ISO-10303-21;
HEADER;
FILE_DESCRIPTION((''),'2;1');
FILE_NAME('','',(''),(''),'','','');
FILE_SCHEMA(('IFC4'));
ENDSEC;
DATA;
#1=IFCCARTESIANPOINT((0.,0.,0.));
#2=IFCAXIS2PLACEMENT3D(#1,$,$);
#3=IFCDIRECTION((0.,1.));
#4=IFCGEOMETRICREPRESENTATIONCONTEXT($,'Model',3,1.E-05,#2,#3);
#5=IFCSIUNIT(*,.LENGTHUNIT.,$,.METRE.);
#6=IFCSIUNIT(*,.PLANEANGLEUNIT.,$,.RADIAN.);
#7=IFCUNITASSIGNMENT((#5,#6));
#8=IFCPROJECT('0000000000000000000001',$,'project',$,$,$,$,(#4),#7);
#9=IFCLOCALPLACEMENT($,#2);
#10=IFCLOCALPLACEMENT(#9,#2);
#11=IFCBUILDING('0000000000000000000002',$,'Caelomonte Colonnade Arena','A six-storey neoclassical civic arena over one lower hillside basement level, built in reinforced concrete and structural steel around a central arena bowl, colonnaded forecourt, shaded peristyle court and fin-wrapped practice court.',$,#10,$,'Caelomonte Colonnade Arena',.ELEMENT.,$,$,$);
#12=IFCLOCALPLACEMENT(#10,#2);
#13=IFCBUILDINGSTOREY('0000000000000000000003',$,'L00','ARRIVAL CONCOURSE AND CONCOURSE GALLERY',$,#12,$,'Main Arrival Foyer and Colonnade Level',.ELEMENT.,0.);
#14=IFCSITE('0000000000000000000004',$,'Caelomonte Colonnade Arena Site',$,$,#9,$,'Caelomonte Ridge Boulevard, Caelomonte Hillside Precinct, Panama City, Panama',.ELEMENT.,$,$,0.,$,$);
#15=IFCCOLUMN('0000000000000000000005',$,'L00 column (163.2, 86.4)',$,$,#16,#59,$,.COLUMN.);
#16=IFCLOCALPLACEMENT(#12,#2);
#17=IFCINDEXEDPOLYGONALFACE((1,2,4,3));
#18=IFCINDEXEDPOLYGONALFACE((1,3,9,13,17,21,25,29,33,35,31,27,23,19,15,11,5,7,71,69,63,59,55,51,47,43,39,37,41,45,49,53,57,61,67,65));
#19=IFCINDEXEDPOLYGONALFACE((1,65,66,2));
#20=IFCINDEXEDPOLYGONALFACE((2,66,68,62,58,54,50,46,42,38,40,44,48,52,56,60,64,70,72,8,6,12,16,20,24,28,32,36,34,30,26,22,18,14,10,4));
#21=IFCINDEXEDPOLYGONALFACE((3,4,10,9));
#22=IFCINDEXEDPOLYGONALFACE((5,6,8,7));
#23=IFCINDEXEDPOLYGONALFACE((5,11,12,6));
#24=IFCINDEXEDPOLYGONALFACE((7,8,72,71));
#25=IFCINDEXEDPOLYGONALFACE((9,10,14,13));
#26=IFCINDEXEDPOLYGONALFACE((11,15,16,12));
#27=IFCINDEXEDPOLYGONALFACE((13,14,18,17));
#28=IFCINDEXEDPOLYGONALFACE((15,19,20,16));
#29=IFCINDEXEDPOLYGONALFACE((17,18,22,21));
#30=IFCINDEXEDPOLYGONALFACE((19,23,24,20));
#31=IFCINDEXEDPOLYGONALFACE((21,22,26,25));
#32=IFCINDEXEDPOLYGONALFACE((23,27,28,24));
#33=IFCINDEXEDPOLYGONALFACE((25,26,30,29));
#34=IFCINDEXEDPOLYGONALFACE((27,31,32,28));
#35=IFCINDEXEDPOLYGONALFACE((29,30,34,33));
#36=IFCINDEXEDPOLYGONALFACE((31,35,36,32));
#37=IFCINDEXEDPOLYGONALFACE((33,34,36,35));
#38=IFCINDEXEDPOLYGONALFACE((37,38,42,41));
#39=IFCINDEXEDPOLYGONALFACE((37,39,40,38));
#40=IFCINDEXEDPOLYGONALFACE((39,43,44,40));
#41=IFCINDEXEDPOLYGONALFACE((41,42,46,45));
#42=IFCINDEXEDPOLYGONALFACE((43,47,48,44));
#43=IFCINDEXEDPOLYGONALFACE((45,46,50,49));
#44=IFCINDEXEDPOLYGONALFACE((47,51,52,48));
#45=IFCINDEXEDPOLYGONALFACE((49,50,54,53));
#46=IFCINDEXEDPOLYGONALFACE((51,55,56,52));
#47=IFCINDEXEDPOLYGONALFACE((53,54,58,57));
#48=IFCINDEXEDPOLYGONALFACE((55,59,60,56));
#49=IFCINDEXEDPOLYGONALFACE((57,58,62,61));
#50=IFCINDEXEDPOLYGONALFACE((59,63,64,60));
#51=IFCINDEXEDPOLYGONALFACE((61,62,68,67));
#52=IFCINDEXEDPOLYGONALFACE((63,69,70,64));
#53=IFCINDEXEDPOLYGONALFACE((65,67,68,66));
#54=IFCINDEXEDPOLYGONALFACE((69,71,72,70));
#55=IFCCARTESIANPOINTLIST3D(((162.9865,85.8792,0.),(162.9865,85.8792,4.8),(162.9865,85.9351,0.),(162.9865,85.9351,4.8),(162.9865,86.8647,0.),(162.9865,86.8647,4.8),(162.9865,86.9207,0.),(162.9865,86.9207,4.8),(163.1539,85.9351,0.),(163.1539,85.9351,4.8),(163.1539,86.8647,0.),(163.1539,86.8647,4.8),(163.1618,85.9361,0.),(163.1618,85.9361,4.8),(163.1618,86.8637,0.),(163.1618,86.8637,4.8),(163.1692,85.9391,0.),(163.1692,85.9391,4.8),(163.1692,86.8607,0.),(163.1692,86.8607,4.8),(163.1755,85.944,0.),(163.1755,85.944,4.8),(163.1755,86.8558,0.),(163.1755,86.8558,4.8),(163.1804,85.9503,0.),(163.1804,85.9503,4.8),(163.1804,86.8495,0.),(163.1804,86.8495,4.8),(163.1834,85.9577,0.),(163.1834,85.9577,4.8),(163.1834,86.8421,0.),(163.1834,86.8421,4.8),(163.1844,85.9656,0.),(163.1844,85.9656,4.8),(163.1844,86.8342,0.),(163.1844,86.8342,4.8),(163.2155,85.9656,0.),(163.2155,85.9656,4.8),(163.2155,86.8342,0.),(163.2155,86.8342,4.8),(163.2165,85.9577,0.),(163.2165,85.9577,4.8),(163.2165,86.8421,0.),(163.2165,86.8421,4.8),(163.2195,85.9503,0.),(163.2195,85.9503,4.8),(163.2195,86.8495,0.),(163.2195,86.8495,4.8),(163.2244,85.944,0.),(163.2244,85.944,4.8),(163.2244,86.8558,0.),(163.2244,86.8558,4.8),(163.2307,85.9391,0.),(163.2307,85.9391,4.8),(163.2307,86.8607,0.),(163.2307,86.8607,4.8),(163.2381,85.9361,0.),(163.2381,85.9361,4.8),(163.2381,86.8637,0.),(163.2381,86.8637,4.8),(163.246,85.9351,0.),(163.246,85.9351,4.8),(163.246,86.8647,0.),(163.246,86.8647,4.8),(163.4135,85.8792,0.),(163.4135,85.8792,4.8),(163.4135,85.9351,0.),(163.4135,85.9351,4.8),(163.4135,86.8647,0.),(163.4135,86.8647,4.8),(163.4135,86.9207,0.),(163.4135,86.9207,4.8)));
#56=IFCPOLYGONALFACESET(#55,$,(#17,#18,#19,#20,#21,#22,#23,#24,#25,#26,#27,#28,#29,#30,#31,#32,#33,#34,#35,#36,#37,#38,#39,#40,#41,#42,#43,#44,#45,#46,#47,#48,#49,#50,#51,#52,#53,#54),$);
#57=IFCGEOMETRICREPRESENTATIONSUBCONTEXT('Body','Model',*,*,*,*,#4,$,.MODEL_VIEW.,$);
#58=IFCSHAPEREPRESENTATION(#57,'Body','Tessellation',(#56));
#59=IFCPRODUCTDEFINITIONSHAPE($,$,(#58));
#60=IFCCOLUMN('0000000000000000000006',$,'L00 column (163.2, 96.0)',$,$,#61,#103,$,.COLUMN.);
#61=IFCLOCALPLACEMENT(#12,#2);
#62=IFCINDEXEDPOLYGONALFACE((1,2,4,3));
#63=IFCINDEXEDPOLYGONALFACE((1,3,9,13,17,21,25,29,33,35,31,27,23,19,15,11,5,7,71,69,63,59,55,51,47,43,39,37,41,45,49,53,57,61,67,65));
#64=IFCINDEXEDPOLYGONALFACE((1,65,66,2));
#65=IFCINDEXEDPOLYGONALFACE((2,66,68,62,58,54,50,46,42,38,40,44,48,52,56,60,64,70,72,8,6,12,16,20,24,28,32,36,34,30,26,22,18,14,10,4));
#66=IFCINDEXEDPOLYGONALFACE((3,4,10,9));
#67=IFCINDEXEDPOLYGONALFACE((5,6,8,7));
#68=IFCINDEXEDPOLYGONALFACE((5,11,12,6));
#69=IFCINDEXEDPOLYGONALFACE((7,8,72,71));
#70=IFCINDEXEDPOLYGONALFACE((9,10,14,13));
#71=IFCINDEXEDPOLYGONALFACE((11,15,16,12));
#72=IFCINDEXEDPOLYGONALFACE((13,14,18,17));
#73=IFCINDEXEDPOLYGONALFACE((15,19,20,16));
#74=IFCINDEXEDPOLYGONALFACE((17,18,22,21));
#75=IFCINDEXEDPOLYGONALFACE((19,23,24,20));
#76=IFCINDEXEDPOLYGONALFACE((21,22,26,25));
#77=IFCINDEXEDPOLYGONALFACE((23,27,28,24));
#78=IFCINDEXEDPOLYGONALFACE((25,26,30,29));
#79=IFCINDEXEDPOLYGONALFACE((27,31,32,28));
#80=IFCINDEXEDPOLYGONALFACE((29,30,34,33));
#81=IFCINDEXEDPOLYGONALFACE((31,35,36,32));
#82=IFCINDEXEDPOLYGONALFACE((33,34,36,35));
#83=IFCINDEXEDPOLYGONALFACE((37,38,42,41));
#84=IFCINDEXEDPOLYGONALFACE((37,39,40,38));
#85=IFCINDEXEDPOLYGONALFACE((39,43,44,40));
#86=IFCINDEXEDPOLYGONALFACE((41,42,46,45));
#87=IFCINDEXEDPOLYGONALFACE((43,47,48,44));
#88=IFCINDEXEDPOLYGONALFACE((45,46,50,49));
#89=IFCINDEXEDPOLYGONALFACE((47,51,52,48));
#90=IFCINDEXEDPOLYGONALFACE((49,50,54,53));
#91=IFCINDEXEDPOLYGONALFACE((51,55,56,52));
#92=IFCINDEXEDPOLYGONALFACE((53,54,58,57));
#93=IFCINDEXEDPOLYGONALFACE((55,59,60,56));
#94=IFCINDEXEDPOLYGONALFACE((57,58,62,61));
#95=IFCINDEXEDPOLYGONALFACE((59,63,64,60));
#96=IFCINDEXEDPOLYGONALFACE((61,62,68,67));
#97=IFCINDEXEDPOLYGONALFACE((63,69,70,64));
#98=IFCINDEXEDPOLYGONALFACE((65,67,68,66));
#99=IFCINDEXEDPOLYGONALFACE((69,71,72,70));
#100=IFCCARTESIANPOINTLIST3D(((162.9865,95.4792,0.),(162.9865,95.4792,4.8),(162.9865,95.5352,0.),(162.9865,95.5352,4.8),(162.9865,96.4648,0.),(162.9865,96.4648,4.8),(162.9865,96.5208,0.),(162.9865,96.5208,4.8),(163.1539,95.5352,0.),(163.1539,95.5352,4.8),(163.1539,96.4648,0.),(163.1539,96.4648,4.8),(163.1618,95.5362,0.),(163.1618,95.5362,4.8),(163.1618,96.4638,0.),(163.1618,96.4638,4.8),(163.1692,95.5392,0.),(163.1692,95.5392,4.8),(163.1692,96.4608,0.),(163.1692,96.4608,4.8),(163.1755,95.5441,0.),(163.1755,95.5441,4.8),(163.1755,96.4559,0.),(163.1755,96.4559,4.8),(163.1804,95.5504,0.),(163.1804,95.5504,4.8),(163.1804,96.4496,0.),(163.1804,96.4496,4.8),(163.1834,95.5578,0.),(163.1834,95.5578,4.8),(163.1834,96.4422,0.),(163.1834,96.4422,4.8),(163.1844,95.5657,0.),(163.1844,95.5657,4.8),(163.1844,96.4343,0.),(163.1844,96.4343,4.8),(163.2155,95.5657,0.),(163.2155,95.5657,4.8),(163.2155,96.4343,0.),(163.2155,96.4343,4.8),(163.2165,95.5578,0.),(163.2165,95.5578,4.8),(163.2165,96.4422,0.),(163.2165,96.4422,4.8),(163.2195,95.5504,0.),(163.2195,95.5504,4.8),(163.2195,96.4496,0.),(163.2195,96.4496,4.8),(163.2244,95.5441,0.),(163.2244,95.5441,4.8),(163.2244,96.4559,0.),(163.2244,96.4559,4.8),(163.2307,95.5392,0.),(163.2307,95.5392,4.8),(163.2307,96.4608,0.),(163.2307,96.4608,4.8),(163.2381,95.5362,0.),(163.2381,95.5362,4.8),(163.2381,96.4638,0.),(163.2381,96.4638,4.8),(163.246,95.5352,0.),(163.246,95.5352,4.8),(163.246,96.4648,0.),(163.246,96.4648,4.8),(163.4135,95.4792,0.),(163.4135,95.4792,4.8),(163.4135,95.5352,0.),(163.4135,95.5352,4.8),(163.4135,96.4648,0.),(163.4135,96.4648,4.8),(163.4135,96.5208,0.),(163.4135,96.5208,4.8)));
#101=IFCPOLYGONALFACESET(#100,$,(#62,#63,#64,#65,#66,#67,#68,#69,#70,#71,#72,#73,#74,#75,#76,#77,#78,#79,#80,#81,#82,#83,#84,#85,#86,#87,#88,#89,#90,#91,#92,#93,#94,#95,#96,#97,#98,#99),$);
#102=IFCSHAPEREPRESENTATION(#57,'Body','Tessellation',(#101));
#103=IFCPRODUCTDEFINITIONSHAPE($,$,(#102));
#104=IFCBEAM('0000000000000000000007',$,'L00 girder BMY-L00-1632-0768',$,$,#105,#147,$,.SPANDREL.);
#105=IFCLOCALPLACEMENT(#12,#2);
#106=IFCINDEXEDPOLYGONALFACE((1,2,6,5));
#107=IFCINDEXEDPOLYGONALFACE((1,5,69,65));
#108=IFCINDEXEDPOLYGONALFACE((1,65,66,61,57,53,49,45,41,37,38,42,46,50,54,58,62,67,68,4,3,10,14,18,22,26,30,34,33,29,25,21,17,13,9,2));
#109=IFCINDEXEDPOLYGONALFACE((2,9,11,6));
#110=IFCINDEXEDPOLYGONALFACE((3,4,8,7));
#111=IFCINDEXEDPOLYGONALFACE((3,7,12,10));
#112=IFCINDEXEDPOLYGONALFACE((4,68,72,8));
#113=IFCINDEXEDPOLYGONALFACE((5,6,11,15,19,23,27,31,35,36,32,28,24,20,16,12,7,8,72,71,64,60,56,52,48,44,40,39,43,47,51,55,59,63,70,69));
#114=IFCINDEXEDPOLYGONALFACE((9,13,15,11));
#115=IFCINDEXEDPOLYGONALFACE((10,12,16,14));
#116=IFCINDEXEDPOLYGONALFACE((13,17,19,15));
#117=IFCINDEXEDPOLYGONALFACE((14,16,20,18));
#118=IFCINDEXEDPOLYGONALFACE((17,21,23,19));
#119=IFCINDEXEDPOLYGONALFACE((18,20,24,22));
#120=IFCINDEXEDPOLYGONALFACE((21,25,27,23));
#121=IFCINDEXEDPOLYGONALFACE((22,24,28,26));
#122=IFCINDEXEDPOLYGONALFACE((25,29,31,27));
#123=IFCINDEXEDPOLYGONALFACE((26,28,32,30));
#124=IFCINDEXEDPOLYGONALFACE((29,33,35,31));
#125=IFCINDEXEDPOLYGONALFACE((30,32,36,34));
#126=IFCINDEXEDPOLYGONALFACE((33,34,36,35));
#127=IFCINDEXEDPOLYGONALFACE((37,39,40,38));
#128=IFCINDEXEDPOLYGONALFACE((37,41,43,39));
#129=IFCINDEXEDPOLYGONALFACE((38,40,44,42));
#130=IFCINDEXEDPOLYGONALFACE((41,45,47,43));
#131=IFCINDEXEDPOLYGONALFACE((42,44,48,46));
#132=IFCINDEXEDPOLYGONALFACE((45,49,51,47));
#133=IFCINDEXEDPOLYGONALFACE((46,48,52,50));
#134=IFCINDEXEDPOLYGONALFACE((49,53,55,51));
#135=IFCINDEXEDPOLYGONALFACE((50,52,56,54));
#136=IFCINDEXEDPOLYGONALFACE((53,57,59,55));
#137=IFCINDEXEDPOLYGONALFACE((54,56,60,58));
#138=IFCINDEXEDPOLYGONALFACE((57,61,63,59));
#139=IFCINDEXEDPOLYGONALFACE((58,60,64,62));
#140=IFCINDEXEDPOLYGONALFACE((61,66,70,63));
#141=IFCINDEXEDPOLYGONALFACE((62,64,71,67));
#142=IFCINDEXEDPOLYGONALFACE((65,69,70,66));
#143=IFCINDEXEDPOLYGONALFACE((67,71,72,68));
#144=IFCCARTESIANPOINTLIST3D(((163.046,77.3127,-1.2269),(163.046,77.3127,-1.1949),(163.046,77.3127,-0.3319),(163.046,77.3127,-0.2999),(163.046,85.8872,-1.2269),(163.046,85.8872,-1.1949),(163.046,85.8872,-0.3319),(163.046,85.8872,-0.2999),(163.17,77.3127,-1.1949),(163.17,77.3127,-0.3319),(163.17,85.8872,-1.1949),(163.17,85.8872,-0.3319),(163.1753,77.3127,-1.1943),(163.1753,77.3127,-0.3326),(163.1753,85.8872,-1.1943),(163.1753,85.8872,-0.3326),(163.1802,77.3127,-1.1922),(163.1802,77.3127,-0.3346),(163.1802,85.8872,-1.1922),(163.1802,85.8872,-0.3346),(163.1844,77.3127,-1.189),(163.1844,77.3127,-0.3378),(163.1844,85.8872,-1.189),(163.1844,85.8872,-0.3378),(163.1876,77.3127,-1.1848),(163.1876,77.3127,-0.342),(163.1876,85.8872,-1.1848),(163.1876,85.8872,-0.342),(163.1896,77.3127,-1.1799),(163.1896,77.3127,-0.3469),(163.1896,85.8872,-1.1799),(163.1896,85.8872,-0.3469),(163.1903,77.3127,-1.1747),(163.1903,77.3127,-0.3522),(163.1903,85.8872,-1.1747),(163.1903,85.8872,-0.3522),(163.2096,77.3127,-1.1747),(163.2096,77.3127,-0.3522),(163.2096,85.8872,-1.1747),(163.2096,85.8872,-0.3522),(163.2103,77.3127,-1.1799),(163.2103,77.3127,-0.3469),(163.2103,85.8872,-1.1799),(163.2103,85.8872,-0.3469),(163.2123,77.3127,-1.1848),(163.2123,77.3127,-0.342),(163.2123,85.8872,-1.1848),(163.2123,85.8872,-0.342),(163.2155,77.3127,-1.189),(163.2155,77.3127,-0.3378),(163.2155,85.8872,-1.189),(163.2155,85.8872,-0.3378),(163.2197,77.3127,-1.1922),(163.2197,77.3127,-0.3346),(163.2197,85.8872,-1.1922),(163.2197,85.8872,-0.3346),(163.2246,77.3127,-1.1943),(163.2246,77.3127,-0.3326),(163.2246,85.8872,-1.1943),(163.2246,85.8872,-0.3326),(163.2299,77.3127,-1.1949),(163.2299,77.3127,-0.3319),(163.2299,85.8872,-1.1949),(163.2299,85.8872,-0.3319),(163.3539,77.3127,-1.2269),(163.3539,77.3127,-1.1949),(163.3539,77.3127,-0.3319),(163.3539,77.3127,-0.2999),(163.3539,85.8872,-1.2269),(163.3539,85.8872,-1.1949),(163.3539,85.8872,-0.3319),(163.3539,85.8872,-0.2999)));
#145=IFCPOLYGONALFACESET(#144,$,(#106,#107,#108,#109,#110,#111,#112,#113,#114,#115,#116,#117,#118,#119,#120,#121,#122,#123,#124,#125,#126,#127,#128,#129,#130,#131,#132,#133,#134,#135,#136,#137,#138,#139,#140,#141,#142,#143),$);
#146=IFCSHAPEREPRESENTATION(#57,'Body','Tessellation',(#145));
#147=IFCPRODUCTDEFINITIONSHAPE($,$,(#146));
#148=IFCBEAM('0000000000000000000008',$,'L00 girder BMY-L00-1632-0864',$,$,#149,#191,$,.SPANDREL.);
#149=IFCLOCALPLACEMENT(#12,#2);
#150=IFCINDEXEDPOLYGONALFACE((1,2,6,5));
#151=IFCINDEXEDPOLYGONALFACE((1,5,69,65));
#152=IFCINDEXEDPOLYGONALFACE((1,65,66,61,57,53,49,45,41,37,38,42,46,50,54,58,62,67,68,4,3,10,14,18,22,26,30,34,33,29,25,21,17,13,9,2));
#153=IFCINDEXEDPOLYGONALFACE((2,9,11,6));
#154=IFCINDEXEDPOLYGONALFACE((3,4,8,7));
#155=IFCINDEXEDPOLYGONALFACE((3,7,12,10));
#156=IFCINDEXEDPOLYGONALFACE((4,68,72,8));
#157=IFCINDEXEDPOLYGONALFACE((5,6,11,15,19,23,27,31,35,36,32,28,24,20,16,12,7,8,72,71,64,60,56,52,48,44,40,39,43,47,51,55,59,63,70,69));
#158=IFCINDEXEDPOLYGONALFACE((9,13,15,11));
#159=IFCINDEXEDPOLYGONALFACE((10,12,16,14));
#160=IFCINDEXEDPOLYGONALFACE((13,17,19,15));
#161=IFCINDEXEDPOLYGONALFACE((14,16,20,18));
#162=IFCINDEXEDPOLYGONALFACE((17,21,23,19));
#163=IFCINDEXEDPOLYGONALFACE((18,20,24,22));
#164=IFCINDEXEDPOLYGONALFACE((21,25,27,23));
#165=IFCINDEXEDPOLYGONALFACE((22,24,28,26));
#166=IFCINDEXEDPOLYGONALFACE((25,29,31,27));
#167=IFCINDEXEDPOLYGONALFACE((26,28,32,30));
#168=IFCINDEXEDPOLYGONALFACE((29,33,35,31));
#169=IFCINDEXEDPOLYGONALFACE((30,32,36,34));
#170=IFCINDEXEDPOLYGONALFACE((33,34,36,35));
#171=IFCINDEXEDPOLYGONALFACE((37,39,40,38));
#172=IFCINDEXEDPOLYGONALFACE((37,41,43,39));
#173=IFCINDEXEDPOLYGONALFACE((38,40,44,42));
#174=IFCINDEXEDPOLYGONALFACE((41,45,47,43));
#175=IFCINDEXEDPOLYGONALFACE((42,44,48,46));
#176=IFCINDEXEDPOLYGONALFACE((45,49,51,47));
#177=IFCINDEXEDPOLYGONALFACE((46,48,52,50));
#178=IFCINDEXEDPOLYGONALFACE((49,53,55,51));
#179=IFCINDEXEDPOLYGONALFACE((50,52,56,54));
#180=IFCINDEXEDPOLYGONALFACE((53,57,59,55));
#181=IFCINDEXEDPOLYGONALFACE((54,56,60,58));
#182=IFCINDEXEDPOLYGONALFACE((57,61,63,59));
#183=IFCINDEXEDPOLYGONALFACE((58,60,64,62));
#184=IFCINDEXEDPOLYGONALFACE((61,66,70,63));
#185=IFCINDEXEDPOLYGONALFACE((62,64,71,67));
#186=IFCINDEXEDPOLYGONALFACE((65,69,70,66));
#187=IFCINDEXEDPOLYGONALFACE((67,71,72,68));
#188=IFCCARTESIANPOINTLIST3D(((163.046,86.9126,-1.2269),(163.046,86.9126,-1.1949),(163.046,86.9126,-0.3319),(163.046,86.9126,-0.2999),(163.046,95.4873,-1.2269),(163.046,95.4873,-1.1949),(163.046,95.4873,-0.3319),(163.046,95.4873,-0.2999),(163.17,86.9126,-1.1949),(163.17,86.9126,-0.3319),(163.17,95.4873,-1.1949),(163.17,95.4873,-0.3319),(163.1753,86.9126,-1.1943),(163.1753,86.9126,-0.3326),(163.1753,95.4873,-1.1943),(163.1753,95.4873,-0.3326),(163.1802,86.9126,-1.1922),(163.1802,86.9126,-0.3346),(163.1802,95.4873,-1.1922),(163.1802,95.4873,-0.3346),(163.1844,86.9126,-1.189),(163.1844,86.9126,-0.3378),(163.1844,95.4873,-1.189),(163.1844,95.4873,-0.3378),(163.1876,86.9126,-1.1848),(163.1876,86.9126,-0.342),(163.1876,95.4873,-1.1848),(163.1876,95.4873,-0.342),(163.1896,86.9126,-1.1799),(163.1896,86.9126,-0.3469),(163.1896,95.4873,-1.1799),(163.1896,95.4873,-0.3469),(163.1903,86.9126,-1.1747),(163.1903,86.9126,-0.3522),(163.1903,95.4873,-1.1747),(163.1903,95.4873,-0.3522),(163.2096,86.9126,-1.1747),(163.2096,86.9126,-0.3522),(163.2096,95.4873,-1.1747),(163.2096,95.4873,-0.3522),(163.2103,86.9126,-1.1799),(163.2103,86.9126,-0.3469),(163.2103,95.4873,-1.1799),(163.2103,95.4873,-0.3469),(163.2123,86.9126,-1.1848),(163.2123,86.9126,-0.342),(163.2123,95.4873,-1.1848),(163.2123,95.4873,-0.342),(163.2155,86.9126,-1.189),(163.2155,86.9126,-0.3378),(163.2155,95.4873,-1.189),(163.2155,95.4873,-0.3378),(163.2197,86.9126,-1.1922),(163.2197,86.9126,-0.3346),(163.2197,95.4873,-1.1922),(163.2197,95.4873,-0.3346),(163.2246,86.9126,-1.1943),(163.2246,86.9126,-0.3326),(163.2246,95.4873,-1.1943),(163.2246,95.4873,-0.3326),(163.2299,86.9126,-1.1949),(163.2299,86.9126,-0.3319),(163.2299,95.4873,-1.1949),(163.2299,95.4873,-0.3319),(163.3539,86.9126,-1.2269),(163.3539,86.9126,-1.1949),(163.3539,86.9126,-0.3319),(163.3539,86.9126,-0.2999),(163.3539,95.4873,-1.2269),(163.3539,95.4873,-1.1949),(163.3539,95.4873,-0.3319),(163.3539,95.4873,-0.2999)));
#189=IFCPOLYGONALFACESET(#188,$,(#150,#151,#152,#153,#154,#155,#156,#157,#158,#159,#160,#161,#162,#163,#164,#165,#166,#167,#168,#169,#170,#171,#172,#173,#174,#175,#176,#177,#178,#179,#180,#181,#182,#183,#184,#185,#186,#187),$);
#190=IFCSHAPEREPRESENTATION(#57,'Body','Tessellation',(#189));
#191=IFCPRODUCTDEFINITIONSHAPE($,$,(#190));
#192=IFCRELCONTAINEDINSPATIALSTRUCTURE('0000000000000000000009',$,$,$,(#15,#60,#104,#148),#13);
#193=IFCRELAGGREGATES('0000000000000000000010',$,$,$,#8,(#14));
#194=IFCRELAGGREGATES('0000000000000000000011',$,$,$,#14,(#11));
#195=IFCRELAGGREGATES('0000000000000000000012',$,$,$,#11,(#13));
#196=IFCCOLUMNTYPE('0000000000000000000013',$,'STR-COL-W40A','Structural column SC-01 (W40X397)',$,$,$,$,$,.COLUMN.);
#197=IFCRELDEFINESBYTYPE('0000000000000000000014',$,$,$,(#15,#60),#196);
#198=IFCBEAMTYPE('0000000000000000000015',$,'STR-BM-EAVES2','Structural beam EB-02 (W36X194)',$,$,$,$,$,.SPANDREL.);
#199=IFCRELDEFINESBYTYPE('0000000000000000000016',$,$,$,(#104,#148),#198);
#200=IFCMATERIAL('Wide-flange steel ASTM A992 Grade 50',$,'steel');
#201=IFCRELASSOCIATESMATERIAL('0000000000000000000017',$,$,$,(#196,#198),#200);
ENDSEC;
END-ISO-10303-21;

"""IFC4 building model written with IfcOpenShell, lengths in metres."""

from ifc_helpers import new_model, si_unit, direction, frame, origin, origin_2d, place, context, subcontext, project, spatial, i_section, extrude, material, material_profile, profile_set, type_object, element, save


model = new_model("IFC4")

# Units and contexts
model_context = context("Model", 3, precision=1e-05, world=origin(), true_north=direction((0.0, 1.0)))
body_context = subcontext(model_context, "Body", "Model", "MODEL_VIEW")
ifc_project = project(units=[si_unit("LENGTHUNIT", "METRE"), si_unit("PLANEANGLEUNIT", "RADIAN")], contexts=[model_context])

# Site, building, storey
site_placement = place(None, origin())
site = spatial("IfcSite", under=ifc_project, at=site_placement, Name="Caelomonte Colonnade Arena Site", LongName="Caelomonte Ridge Boulevard, Caelomonte Hillside Precinct, Panama City, Panama", CompositionType="ELEMENT", RefElevation=0.0)
building_placement = place(site_placement, origin())
building = spatial("IfcBuilding", under=site, at=building_placement, Name="Caelomonte Colonnade Arena", Description="A six-storey neoclassical civic arena over one lower hillside basement level, built in reinforced concrete and structural steel around a central arena bowl, colonnaded forecourt, shaded peristyle court and fin-wrapped practice court.", LongName="Caelomonte Colonnade Arena", CompositionType="ELEMENT")
storey_placement = place(building_placement, origin())
storey = spatial("IfcBuildingStorey", under=building, at=storey_placement, Name="L00", Description="ARRIVAL CONCOURSE AND CONCOURSE GALLERY", LongName="Main Arrival Foyer and Colonnade Level", CompositionType="ELEMENT", Elevation=0.0)

# Columns
ifc_material = material(Name="Wide-flange steel ASTM A992 Grade 50", Category="steel")
ifc_material_profile_1 = material_profile(ifc_material, i_section(OverallWidth=0.427, OverallDepth=1.0415, WebThickness=0.031, FlangeThickness=0.0559, FilletRadius=0.0305, at=origin_2d()), Name="W40X397")
ifc_profile_set_1 = profile_set([ifc_material_profile_1], Name="Wide-flange steel ASTM A992 Grade 50")
column_type = type_object("IfcColumnType", Name="STR-COL-W40A", Description="Structural column SC-01 (W40X397)", PredefinedType="COLUMN", material=ifc_profile_set_1)
for number, where, z_axis, x_axis, name in (
    (1, (163.2, 86.3999, 0.0), (0.0, 0.0, 1.0), (1.0, 0.0, 0.0), "L00 column (163.2, 86.4)"),
    (2, (163.2, 96.0, 0.0), (0.0, 0.0, 1.0), (1.0, 0.0, 0.0), "L00 column (163.2, 96.0)"),
):
    element("IfcColumn", number, at=place(storey_placement, frame(where, z_axis=z_axis, x_axis=x_axis)), inside=storey, type_object=column_type, Name=name, PredefinedType="COLUMN", context=body_context, shape_type="SweptSolid", body=[
        extrude(i_section(OverallWidth=0.427, OverallDepth=1.0415, WebThickness=0.031, FlangeThickness=0.0559, FilletRadius=0.0305, at=origin_2d()), origin(), (0.0, 0.0, 1.0), 4.8),
    ])

# Beams
ifc_material_profile_2 = material_profile(ifc_material, i_section(OverallWidth=0.3079, OverallDepth=0.927, WebThickness=0.0193, FlangeThickness=0.032, FilletRadius=0.0203, at=origin_2d()), Name="W36X194")
ifc_profile_set_2 = profile_set([ifc_material_profile_2], Name="Wide-flange steel ASTM A992 Grade 50")
beam_type_1 = type_object("IfcBeamType", Name="STR-BM-EAVES2", Description="Structural beam EB-02 (W36X194)", PredefinedType="SPANDREL", material=ifc_profile_set_2)
beam_1_placement = place(storey_placement, frame((163.2, 77.3127, -0.7634), z_axis=(0.0, 1.0, 0.0), x_axis=(-1.0, 0.0, 0.0)))
element("IfcBeam", 3, at=beam_1_placement, inside=storey, type_object=beam_type_1, Name="L00 girder BMY-L00-1632-0768", PredefinedType="SPANDREL", context=body_context, shape_type="SweptSolid", body=[
    extrude(i_section(OverallWidth=0.3079, OverallDepth=0.927, WebThickness=0.0193, FlangeThickness=0.032, FilletRadius=0.0203, at=origin_2d()), origin(), (0.0, 0.0, 1.0), 8.5745),
])
beam_2_placement = place(storey_placement, frame((163.2, 86.9126, -0.7634), z_axis=(0.0, 1.0, 0.0), x_axis=(-1.0, 0.0, 0.0)))
element("IfcBeam", 4, at=beam_2_placement, inside=storey, type_object=beam_type_1, Name="L00 girder BMY-L00-1632-0864", PredefinedType="SPANDREL", context=body_context, shape_type="SweptSolid", body=[
    extrude(i_section(OverallWidth=0.3079, OverallDepth=0.927, WebThickness=0.0193, FlangeThickness=0.032, FilletRadius=0.0203, at=origin_2d()), origin(), (0.0, 0.0, 1.0), 8.5747),
])

save(model, "model.ifc")
